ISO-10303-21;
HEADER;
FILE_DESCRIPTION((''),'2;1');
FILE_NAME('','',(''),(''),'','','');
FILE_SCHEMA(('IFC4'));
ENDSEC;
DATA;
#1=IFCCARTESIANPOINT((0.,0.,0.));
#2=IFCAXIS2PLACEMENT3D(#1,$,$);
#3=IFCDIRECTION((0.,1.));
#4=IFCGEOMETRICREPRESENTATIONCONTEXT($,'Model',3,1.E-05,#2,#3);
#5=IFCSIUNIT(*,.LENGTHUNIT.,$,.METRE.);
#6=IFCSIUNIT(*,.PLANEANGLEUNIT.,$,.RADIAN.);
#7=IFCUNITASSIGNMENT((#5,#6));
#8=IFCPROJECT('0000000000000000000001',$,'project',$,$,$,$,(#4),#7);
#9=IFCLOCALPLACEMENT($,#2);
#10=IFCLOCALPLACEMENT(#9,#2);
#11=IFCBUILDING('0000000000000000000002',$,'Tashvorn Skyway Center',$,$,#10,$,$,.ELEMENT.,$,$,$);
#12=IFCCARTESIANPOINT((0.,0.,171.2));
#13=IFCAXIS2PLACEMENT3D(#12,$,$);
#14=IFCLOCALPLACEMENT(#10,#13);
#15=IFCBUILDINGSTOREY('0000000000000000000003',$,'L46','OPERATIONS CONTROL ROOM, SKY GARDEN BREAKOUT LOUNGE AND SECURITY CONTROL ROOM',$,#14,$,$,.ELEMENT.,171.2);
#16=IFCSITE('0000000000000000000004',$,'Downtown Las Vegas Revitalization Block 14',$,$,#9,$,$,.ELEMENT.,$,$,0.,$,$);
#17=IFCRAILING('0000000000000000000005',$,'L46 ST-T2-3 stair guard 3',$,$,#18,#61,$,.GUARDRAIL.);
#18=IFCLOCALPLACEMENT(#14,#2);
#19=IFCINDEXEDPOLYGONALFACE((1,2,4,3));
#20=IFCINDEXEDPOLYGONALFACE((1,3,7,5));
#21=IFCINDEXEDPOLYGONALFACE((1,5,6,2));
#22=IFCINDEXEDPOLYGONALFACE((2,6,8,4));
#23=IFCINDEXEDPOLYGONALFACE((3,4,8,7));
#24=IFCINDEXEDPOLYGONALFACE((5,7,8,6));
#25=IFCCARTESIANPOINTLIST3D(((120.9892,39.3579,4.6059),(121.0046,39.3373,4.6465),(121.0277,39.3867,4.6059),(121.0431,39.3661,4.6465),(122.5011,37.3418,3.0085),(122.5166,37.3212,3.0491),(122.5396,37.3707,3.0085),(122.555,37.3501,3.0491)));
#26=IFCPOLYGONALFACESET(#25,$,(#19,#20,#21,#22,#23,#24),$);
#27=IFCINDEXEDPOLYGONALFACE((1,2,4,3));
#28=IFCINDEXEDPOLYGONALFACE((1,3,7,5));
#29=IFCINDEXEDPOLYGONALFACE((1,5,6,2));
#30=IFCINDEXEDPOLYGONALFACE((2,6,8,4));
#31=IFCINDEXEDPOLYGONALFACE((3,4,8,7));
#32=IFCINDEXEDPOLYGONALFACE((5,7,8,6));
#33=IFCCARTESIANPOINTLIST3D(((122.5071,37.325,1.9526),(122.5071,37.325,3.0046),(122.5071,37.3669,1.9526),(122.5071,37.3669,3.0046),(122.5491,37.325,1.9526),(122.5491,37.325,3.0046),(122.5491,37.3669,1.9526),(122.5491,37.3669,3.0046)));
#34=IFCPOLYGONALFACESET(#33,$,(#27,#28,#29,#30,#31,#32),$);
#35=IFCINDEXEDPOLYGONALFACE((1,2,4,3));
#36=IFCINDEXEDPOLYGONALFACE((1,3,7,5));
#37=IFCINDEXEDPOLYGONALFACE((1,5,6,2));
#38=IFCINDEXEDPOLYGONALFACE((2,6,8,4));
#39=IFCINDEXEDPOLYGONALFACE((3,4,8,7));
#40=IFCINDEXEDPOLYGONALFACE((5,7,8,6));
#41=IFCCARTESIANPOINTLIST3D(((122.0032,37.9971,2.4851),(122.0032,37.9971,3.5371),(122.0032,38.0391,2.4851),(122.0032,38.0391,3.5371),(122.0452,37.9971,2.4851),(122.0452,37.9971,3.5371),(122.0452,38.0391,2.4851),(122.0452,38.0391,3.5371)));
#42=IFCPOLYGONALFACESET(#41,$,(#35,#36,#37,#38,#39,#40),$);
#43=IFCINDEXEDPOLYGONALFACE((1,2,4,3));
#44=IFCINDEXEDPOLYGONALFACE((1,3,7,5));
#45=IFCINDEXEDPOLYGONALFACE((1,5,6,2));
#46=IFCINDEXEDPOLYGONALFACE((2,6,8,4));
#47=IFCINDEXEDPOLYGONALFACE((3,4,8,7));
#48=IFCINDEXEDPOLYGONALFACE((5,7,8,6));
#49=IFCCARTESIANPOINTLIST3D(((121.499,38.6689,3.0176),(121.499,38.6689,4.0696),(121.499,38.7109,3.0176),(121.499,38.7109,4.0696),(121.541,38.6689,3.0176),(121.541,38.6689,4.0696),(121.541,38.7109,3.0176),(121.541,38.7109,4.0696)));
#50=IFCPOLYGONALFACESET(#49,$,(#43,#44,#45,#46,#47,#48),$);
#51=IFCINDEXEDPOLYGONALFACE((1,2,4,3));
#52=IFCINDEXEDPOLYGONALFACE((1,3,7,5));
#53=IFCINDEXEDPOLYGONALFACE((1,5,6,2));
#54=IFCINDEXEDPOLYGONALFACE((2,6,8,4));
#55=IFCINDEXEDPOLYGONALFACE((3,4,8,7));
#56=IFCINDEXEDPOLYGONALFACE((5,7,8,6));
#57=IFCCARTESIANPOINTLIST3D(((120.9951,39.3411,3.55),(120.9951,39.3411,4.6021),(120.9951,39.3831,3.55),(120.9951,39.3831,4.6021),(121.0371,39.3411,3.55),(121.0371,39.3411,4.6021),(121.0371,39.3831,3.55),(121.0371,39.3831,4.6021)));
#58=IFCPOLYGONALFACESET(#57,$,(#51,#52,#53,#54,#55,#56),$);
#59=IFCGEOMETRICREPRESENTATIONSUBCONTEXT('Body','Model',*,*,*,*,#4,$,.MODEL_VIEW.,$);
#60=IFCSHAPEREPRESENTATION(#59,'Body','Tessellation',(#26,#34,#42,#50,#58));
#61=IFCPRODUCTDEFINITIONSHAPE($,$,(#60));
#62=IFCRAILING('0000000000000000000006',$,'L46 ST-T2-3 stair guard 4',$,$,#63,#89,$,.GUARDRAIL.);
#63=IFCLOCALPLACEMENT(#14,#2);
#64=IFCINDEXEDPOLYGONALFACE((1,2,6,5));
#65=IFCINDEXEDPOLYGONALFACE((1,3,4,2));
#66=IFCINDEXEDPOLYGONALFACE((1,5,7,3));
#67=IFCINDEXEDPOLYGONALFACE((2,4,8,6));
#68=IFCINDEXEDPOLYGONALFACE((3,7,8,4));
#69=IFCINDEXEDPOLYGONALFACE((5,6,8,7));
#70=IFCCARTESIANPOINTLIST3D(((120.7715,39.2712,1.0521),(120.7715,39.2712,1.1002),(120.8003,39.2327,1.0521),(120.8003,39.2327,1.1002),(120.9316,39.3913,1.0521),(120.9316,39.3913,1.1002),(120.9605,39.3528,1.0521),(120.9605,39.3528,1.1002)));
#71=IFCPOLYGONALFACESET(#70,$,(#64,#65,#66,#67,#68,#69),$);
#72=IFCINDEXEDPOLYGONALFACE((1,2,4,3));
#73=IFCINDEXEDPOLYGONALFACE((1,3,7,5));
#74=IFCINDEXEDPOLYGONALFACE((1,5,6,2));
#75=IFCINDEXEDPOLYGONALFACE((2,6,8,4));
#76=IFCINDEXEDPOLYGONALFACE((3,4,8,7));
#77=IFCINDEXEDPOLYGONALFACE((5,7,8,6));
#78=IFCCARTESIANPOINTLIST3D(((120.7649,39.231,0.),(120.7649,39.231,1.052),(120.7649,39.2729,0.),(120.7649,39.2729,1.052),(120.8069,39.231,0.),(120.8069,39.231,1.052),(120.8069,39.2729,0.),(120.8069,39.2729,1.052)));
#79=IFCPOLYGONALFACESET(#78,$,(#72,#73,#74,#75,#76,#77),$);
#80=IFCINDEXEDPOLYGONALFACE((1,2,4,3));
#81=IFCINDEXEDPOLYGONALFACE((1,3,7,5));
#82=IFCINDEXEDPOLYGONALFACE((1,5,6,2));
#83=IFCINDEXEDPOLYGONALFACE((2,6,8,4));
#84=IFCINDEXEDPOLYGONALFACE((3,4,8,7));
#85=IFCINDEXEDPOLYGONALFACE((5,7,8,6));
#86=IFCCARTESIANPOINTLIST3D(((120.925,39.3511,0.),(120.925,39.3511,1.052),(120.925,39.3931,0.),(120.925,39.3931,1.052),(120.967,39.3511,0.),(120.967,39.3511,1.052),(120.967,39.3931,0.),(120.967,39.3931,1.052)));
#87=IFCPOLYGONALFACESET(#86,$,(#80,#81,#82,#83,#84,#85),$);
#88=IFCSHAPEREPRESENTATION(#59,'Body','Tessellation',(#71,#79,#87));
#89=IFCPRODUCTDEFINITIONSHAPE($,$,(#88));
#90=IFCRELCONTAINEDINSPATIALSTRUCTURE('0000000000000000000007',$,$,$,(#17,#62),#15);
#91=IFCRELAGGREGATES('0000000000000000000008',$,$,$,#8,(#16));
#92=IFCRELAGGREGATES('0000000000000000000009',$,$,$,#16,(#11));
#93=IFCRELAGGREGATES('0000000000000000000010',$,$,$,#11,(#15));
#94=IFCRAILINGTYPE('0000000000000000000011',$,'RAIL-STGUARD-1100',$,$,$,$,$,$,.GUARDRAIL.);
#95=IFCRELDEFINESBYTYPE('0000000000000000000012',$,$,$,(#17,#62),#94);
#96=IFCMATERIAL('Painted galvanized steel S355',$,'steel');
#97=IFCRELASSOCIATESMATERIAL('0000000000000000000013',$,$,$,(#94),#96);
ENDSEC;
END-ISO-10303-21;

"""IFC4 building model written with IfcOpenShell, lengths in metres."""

from ifc_helpers import new_model, si_unit, direction, frame, origin, origin_2d, place, context, subcontext, project, spatial, rectangle, extrude, material, type_object, element, save


model = new_model("IFC4")

# Units and contexts
model_context = context("Model", 3, precision=1e-05, world=origin(), true_north=direction((0.0, 1.0)))
body_context = subcontext(model_context, "Body", "Model", "MODEL_VIEW")
ifc_project = project(units=[si_unit("LENGTHUNIT", "METRE"), si_unit("PLANEANGLEUNIT", "RADIAN")], contexts=[model_context])

# Site, building, storey
site_placement = place(None, origin())
site = spatial("IfcSite", under=ifc_project, at=site_placement, Name="Downtown Las Vegas Revitalization Block 14", CompositionType="ELEMENT", RefElevation=0.0)
building_placement = place(site_placement, origin())
building = spatial("IfcBuilding", under=site, at=building_placement, Name="Tashvorn Skyway Center", CompositionType="ELEMENT")
storey_placement = place(building_placement, frame((0.0, 0.0, 171.2)))
storey = spatial("IfcBuildingStorey", under=building, at=storey_placement, Name="L46", Description="OPERATIONS CONTROL ROOM, SKY GARDEN BREAKOUT LOUNGE AND SECURITY CONTROL ROOM", CompositionType="ELEMENT", Elevation=171.2)

# Railings
ifc_material_1 = material(Name="Painted galvanized steel S355", Category="steel")
railing_type_1 = type_object("IfcRailingType", Name="RAIL-STGUARD-1100", PredefinedType="GUARDRAIL", material=ifc_material_1)
railing_1_placement = place(storey_placement, frame((122.5281, 37.3459, 1.9526)))
element("IfcRailing", 1, at=railing_1_placement, inside=storey, type_object=railing_type_1, Name="L46 ST-T2-3 stair guard 3", PredefinedType="GUARDRAIL", context=body_context, shape_type="SweptSolid", body=[
    extrude(rectangle(XDim=0.0481, YDim=0.0481, at=origin_2d()), frame((0.0, 0.0, 1.0762), z_axis=(-0.506741, 0.675709, 0.535379), x_axis=(-0.800023, -0.599969, 0.0)), (0.0, 0.0, 1.0), 2.9836),
    extrude(rectangle(XDim=0.042, YDim=0.042, at=origin_2d()), origin(), (0.0, 0.0, 1.0), 1.052),
    extrude(rectangle(XDim=0.042, YDim=0.042, at=origin_2d()), frame((-0.5039, 0.6721, 0.5325)), (0.0, 0.0, 1.0), 1.052),
    extrude(rectangle(XDim=0.042, YDim=0.042, at=origin_2d()), frame((-1.0081, 1.344, 1.0649)), (0.0, 0.0, 1.0), 1.052),
    extrude(rectangle(XDim=0.042, YDim=0.042, at=origin_2d()), frame((-1.512, 2.0161, 1.5974)), (0.0, 0.0, 1.0), 1.052),
])
railing_2_placement = place(storey_placement, frame((120.7859, 39.252, 0.0)))
element("IfcRailing", 2, at=railing_2_placement, inside=storey, type_object=railing_type_1, Name="L46 ST-T2-3 stair guard 4", PredefinedType="GUARDRAIL", context=body_context, shape_type="SweptSolid", body=[
    extrude(rectangle(XDim=0.0481, YDim=0.0481, at=origin_2d()), frame((0.0, 0.0, 1.0762), z_axis=(0.8, 0.6, 0.0), x_axis=(-0.6, 0.8, 0.0)), (0.0, 0.0, 1.0), 0.2002),
    extrude(rectangle(XDim=0.042, YDim=0.042, at=origin_2d()), origin(), (0.0, 0.0, 1.0), 1.052),
    extrude(rectangle(XDim=0.042, YDim=0.042, at=origin_2d()), frame((0.1602, 0.1201, 0.0)), (0.0, 0.0, 1.0), 1.052),
])

save(model, "model.ifc")
